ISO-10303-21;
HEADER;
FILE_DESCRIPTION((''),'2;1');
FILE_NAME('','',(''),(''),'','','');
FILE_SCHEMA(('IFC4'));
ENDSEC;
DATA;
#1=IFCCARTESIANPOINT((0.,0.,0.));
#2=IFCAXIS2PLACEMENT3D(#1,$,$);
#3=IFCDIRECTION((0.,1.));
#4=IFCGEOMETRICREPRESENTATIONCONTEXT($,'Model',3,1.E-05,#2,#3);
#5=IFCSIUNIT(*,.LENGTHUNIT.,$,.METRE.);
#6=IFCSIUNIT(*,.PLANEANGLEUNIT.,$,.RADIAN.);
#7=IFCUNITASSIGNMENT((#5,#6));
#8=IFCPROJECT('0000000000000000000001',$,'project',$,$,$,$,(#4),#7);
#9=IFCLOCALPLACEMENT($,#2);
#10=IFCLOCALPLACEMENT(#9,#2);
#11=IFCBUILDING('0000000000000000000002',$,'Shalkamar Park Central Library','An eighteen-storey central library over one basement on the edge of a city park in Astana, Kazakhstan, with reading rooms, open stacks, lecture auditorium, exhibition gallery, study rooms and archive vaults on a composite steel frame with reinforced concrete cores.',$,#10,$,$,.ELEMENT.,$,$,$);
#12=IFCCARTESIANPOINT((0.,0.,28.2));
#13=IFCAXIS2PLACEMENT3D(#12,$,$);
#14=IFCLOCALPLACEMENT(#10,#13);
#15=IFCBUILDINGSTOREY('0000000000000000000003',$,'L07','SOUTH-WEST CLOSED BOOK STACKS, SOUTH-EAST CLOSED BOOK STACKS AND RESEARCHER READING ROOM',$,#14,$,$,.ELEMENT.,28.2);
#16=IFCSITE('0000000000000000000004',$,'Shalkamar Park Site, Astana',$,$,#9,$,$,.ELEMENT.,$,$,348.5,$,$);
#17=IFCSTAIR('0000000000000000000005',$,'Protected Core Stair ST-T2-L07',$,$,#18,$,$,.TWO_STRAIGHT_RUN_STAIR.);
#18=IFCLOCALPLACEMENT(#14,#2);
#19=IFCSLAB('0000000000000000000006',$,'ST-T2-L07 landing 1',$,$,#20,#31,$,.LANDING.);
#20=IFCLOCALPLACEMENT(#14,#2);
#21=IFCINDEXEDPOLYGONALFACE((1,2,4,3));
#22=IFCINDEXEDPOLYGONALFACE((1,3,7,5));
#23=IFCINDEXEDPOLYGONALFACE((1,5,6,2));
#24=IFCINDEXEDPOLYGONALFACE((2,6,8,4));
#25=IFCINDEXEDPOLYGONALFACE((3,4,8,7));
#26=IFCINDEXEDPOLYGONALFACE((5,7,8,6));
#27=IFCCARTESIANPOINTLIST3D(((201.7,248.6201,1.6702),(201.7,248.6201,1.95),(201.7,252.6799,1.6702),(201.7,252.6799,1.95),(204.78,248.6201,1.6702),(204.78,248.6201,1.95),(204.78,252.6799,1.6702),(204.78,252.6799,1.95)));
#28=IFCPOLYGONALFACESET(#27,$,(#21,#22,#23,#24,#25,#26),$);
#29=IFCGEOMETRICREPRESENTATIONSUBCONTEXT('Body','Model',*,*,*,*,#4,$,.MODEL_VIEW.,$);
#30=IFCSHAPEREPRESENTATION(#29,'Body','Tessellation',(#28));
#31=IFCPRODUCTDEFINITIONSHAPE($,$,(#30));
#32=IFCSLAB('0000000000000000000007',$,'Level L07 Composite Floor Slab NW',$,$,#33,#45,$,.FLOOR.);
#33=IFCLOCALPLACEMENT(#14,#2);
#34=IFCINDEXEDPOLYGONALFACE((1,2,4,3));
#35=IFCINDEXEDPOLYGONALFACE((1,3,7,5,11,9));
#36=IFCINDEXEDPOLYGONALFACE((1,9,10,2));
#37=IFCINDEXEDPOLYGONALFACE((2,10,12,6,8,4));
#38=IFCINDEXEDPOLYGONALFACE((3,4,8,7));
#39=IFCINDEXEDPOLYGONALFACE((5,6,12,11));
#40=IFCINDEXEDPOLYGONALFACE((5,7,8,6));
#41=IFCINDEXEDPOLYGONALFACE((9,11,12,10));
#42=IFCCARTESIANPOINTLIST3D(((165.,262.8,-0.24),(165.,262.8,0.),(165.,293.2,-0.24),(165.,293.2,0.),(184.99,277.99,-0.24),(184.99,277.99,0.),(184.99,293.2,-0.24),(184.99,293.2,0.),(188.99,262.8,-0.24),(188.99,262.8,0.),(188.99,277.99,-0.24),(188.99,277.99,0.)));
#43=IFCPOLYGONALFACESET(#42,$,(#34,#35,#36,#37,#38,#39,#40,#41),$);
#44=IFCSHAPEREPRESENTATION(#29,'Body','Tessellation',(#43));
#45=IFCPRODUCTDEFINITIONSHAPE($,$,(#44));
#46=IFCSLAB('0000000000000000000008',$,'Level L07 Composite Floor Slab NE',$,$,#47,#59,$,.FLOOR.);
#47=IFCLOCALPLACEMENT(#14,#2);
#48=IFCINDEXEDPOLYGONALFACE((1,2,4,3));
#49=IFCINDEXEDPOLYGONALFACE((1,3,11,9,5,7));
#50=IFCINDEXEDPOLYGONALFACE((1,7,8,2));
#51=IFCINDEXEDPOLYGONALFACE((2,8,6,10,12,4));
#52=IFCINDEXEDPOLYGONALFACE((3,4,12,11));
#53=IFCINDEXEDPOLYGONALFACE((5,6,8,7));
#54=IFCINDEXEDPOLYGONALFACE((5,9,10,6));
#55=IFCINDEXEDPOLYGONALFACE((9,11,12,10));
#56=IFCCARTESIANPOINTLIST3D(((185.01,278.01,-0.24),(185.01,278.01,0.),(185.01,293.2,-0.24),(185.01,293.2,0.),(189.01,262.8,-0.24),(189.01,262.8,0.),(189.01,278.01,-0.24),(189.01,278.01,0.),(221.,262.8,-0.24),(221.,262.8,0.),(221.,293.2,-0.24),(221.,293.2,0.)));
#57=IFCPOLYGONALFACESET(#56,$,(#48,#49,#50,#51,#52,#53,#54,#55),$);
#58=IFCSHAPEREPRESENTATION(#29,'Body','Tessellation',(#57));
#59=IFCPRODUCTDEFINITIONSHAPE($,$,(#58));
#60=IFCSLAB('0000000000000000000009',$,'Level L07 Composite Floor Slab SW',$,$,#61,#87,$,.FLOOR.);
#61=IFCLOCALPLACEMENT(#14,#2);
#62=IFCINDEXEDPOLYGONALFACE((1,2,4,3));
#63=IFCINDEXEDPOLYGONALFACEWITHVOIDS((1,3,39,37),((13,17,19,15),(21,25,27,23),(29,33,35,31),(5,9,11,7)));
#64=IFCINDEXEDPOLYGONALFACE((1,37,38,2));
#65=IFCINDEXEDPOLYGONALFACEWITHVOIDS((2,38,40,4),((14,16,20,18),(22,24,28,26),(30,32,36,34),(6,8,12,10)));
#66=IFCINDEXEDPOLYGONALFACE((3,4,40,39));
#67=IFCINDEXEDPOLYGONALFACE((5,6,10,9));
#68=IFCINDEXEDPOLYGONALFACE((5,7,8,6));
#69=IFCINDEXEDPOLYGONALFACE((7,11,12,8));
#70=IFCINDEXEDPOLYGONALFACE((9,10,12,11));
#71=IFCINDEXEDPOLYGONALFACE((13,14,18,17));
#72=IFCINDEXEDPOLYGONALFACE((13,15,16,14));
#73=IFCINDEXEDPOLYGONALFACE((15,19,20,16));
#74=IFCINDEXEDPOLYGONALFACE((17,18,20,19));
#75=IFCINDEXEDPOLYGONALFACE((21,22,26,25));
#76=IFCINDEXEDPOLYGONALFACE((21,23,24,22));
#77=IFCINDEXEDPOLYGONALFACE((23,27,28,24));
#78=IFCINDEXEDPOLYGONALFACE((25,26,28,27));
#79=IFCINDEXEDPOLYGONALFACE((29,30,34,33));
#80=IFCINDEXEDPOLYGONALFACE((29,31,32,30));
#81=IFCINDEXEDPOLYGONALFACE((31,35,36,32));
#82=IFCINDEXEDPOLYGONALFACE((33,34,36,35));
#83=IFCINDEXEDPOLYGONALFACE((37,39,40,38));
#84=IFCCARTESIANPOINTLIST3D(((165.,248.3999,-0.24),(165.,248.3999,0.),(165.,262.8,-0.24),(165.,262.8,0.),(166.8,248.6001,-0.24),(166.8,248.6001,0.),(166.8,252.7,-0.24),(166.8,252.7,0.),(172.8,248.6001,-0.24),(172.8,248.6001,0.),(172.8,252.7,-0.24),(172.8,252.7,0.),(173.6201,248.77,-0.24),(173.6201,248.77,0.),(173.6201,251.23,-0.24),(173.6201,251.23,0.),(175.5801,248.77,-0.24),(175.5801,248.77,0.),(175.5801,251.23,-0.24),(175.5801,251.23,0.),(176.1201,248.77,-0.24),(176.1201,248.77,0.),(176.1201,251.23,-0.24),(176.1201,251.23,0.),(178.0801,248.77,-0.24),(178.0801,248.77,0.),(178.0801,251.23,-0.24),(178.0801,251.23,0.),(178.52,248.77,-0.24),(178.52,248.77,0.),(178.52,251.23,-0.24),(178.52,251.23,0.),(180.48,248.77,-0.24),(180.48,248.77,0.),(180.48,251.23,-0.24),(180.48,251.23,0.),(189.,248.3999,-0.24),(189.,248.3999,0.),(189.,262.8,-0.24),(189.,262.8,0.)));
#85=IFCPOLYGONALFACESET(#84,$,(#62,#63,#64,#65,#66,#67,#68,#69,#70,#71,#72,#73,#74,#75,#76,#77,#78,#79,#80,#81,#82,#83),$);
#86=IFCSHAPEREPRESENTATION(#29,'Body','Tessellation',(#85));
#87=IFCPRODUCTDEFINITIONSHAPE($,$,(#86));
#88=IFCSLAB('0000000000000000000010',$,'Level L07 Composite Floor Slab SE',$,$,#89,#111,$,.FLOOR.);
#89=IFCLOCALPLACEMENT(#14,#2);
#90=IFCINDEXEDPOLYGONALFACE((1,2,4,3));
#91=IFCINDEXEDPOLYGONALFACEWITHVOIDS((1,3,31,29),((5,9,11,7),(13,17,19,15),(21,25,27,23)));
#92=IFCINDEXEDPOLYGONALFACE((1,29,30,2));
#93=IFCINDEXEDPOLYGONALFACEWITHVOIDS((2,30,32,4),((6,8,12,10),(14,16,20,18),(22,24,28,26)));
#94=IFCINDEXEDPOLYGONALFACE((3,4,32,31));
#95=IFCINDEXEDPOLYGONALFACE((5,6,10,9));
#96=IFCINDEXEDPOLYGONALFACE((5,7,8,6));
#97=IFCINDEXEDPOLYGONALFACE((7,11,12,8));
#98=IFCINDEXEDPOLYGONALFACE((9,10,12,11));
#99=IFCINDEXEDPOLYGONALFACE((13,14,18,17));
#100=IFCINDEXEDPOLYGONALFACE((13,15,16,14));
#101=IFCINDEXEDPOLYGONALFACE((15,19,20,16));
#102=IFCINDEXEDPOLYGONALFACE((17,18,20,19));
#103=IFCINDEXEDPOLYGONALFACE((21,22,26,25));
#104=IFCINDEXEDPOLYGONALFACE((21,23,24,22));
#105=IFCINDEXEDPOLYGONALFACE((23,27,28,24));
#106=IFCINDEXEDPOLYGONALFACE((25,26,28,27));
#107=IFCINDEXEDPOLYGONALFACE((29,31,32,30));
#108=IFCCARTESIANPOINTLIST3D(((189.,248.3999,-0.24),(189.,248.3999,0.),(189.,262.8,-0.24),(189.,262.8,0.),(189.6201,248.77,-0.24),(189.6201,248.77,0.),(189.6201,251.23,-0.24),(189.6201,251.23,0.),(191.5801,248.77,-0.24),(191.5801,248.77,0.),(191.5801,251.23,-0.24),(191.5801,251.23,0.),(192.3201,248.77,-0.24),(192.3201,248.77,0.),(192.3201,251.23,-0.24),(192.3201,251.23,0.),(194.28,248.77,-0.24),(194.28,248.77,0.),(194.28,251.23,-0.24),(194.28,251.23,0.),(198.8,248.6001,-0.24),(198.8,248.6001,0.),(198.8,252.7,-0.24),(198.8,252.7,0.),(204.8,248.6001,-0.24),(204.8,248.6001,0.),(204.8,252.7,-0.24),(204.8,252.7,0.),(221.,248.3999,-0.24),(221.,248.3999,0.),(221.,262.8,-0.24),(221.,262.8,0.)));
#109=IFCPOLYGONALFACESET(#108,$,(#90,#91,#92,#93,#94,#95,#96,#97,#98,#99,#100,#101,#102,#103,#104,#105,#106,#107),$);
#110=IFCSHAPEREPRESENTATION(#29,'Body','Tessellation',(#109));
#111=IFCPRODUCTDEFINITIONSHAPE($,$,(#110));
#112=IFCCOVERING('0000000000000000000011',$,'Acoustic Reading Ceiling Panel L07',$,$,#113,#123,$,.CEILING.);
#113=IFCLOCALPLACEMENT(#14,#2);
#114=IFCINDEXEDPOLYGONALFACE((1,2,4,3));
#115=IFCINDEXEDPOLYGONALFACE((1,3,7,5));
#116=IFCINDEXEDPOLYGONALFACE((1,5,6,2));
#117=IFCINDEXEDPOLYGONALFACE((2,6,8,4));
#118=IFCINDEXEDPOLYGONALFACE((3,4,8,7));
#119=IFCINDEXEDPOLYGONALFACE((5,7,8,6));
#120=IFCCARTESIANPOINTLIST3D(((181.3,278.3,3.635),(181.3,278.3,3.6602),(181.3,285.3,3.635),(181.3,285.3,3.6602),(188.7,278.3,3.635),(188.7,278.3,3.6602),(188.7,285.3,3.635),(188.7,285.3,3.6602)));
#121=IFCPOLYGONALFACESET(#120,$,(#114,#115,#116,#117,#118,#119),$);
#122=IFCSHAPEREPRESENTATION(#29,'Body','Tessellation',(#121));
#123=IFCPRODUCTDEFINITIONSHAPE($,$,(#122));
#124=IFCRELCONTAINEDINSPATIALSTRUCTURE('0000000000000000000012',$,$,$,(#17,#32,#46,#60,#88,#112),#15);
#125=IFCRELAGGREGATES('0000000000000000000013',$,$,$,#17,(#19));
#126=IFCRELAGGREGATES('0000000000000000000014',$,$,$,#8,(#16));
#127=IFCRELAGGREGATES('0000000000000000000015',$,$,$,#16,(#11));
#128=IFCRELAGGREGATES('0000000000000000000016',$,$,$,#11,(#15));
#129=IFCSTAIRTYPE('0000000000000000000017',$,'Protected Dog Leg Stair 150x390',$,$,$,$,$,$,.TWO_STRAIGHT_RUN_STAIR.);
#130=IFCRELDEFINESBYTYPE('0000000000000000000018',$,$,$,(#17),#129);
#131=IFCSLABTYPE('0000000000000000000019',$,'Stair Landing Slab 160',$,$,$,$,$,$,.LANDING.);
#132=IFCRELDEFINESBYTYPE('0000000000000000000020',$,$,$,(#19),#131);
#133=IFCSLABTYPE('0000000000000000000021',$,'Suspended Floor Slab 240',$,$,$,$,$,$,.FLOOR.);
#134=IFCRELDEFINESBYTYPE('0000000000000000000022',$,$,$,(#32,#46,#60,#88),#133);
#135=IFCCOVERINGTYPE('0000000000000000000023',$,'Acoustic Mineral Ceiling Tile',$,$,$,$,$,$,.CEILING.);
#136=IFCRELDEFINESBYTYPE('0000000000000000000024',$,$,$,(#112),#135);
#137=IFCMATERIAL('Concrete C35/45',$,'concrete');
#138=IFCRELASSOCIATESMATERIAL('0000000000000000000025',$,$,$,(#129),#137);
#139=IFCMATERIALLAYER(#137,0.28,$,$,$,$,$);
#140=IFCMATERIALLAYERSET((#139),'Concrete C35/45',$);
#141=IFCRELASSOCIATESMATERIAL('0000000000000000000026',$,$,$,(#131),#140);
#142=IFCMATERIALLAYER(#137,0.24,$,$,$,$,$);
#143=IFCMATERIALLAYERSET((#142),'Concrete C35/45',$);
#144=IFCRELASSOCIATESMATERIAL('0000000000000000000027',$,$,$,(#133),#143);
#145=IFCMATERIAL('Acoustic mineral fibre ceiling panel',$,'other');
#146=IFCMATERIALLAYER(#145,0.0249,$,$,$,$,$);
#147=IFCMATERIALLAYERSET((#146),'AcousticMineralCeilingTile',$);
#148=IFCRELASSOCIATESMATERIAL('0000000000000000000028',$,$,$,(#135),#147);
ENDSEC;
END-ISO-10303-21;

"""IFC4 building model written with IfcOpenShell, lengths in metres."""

from ifc_helpers import new_model, si_unit, direction, frame, origin, place, context, subcontext, project, spatial, polyline, outline, extrude, material, layer, layer_set, type_object, element, aggregate, save


model = new_model("IFC4")

# Units and contexts
model_context = context("Model", 3, precision=1e-05, world=origin(), true_north=direction((0.0, 1.0)))
body_context = subcontext(model_context, "Body", "Model", "MODEL_VIEW")
ifc_project = project(units=[si_unit("LENGTHUNIT", "METRE"), si_unit("PLANEANGLEUNIT", "RADIAN")], contexts=[model_context])

# Site, building, storey
site_placement = place(None, origin())
site = spatial("IfcSite", under=ifc_project, at=site_placement, Name="Shalkamar Park Site, Astana", CompositionType="ELEMENT", RefElevation=348.5)
building_placement = place(site_placement, origin())
building = spatial("IfcBuilding", under=site, at=building_placement, Name="Shalkamar Park Central Library", Description="An eighteen-storey central library over one basement on the edge of a city park in Astana, Kazakhstan, with reading rooms, open stacks, lecture auditorium, exhibition gallery, study rooms and archive vaults on a composite steel frame with reinforced concrete cores.", CompositionType="ELEMENT")
storey_placement = place(building_placement, frame((0.0, 0.0, 28.2)))
storey = spatial("IfcBuildingStorey", under=building, at=storey_placement, Name="L07", Description="SOUTH-WEST CLOSED BOOK STACKS, SOUTH-EAST CLOSED BOOK STACKS AND RESEARCHER READING ROOM", CompositionType="ELEMENT", Elevation=28.2)

# Stair, slab
ifc_material_1 = material(Name="Concrete C35/45", Category="concrete")
stair_type = type_object("IfcStairType", Name="Protected Dog Leg Stair 150x390", PredefinedType="TWO_STRAIGHT_RUN_STAIR", material=ifc_material_1)
ifc_layer_1 = layer(ifc_material_1, 0.28)
ifc_layer_set_1 = layer_set([ifc_layer_1], Name="Concrete C35/45")
slab_type_1 = type_object("IfcSlabType", Name="Stair Landing Slab 160", PredefinedType="LANDING", material=ifc_layer_set_1)
stair_1_placement = place(storey_placement, origin())
stair_1 = element("IfcStair", 1, at=stair_1_placement, inside=storey, type_object=stair_type, Name="Protected Core Stair ST-T2-L07", PredefinedType="TWO_STRAIGHT_RUN_STAIR")
slab_1_placement = place(storey_placement, frame((0.0, 0.0, 1.6702)))
slab_1 = element("IfcSlab", 2, at=slab_1_placement, type_object=slab_type_1, Name="ST-T2-L07 landing 1", PredefinedType="LANDING", context=body_context, shape_type="SweptSolid", body=[
    extrude(outline(polyline([(201.7, 248.6201), (204.78, 248.6201), (204.78, 252.6799), (201.7, 252.6799), (201.7, 248.6201)])), origin(), (0.0, 0.0, 1.0), 0.2798),
])
aggregate(stair_1, [slab_1])

# Slabs
ifc_layer_2 = layer(ifc_material_1, 0.24)
ifc_layer_set_2 = layer_set([ifc_layer_2], Name="Concrete C35/45")
slab_type_2 = type_object("IfcSlabType", Name="Suspended Floor Slab 240", PredefinedType="FLOOR", material=ifc_layer_set_2)
slab_2_placement = place(storey_placement, frame((0.0, 0.0, -0.24)))
element("IfcSlab", 3, at=slab_2_placement, inside=storey, type_object=slab_type_2, Name="Level L07 Composite Floor Slab NW", PredefinedType="FLOOR", context=body_context, shape_type="SweptSolid", body=[
    extrude(outline(polyline([(165.0, 262.8), (188.99, 262.8), (188.99, 277.99), (184.99, 277.99), (184.99, 293.2), (165.0, 293.2), (165.0, 262.8)])), origin(), (0.0, 0.0, 1.0), 0.24),
])
slab_3_placement = place(storey_placement, frame((0.0, 0.0, -0.24)))
element("IfcSlab", 4, at=slab_3_placement, inside=storey, type_object=slab_type_2, Name="Level L07 Composite Floor Slab NE", PredefinedType="FLOOR", context=body_context, shape_type="SweptSolid", body=[
    extrude(outline(polyline([(189.01, 262.8), (221.0, 262.8), (221.0, 293.2), (185.01, 293.2), (185.01, 278.01), (189.01, 278.01), (189.01, 262.8)])), origin(), (0.0, 0.0, 1.0), 0.24),
])
slab_4_placement = place(storey_placement, frame((0.0, 0.0, -0.24)))
element("IfcSlab", 5, at=slab_4_placement, inside=storey, type_object=slab_type_2, Name="Level L07 Composite Floor Slab SW", PredefinedType="FLOOR", context=body_context, shape_type="SweptSolid", body=[
    extrude(outline(polyline([(165.0, 248.3999), (165.0, 262.8), (189.0, 262.8), (189.0, 248.3999), (165.0, 248.3999)]), holes=[polyline([(173.6201, 248.77), (175.5801, 248.77), (175.5801, 251.23), (173.6201, 251.23), (173.6201, 248.77)]), polyline([(176.1201, 251.23), (176.1201, 248.77), (178.0801, 248.77), (178.0801, 251.23), (176.1201, 251.23)]), polyline([(178.52, 251.23), (178.52, 248.77), (180.48, 248.77), (180.48, 251.23), (178.52, 251.23)]), polyline([(166.8, 252.7), (166.8, 248.6001), (172.8, 248.6001), (172.8, 252.7), (166.8, 252.7)])]), origin(), (0.0, 0.0, 1.0), 0.24),
])
slab_5_placement = place(storey_placement, frame((0.0, 0.0, -0.24)))
element("IfcSlab", 6, at=slab_5_placement, inside=storey, type_object=slab_type_2, Name="Level L07 Composite Floor Slab SE", PredefinedType="FLOOR", context=body_context, shape_type="SweptSolid", body=[
    extrude(outline(polyline([(189.0, 248.3999), (189.0, 262.8), (221.0, 262.8), (221.0, 248.3999), (189.0, 248.3999)]), holes=[polyline([(189.6201, 251.23), (189.6201, 248.77), (191.5801, 248.77), (191.5801, 251.23), (189.6201, 251.23)]), polyline([(192.3201, 251.23), (192.3201, 248.77), (194.28, 248.77), (194.28, 251.23), (192.3201, 251.23)]), polyline([(198.8, 252.7), (198.8, 248.6001), (204.8, 248.6001), (204.8, 252.7), (198.8, 252.7)])]), origin(), (0.0, 0.0, 1.0), 0.24),
])

# Covering
ifc_material_2 = material(Name="Acoustic mineral fibre ceiling panel", Category="other")
ifc_layer_3 = layer(ifc_material_2, 0.0249)
ifc_layer_set_3 = layer_set([ifc_layer_3], Name="AcousticMineralCeilingTile")
covering_type = type_object("IfcCoveringType", Name="Acoustic Mineral Ceiling Tile", PredefinedType="CEILING", material=ifc_layer_set_3)
covering_placement = place(storey_placement, frame((0.0, 0.0, 3.635)))
element("IfcCovering", 7, at=covering_placement, inside=storey, type_object=covering_type, Name="Acoustic Reading Ceiling Panel L07", PredefinedType="CEILING", context=body_context, shape_type="SweptSolid", body=[
    extrude(outline(polyline([(181.3, 278.3), (188.7, 278.3), (188.7, 285.3), (181.3, 285.3), (181.3, 278.3)])), origin(), (0.0, 0.0, 1.0), 0.0251),
])

save(model, "model.ifc")
